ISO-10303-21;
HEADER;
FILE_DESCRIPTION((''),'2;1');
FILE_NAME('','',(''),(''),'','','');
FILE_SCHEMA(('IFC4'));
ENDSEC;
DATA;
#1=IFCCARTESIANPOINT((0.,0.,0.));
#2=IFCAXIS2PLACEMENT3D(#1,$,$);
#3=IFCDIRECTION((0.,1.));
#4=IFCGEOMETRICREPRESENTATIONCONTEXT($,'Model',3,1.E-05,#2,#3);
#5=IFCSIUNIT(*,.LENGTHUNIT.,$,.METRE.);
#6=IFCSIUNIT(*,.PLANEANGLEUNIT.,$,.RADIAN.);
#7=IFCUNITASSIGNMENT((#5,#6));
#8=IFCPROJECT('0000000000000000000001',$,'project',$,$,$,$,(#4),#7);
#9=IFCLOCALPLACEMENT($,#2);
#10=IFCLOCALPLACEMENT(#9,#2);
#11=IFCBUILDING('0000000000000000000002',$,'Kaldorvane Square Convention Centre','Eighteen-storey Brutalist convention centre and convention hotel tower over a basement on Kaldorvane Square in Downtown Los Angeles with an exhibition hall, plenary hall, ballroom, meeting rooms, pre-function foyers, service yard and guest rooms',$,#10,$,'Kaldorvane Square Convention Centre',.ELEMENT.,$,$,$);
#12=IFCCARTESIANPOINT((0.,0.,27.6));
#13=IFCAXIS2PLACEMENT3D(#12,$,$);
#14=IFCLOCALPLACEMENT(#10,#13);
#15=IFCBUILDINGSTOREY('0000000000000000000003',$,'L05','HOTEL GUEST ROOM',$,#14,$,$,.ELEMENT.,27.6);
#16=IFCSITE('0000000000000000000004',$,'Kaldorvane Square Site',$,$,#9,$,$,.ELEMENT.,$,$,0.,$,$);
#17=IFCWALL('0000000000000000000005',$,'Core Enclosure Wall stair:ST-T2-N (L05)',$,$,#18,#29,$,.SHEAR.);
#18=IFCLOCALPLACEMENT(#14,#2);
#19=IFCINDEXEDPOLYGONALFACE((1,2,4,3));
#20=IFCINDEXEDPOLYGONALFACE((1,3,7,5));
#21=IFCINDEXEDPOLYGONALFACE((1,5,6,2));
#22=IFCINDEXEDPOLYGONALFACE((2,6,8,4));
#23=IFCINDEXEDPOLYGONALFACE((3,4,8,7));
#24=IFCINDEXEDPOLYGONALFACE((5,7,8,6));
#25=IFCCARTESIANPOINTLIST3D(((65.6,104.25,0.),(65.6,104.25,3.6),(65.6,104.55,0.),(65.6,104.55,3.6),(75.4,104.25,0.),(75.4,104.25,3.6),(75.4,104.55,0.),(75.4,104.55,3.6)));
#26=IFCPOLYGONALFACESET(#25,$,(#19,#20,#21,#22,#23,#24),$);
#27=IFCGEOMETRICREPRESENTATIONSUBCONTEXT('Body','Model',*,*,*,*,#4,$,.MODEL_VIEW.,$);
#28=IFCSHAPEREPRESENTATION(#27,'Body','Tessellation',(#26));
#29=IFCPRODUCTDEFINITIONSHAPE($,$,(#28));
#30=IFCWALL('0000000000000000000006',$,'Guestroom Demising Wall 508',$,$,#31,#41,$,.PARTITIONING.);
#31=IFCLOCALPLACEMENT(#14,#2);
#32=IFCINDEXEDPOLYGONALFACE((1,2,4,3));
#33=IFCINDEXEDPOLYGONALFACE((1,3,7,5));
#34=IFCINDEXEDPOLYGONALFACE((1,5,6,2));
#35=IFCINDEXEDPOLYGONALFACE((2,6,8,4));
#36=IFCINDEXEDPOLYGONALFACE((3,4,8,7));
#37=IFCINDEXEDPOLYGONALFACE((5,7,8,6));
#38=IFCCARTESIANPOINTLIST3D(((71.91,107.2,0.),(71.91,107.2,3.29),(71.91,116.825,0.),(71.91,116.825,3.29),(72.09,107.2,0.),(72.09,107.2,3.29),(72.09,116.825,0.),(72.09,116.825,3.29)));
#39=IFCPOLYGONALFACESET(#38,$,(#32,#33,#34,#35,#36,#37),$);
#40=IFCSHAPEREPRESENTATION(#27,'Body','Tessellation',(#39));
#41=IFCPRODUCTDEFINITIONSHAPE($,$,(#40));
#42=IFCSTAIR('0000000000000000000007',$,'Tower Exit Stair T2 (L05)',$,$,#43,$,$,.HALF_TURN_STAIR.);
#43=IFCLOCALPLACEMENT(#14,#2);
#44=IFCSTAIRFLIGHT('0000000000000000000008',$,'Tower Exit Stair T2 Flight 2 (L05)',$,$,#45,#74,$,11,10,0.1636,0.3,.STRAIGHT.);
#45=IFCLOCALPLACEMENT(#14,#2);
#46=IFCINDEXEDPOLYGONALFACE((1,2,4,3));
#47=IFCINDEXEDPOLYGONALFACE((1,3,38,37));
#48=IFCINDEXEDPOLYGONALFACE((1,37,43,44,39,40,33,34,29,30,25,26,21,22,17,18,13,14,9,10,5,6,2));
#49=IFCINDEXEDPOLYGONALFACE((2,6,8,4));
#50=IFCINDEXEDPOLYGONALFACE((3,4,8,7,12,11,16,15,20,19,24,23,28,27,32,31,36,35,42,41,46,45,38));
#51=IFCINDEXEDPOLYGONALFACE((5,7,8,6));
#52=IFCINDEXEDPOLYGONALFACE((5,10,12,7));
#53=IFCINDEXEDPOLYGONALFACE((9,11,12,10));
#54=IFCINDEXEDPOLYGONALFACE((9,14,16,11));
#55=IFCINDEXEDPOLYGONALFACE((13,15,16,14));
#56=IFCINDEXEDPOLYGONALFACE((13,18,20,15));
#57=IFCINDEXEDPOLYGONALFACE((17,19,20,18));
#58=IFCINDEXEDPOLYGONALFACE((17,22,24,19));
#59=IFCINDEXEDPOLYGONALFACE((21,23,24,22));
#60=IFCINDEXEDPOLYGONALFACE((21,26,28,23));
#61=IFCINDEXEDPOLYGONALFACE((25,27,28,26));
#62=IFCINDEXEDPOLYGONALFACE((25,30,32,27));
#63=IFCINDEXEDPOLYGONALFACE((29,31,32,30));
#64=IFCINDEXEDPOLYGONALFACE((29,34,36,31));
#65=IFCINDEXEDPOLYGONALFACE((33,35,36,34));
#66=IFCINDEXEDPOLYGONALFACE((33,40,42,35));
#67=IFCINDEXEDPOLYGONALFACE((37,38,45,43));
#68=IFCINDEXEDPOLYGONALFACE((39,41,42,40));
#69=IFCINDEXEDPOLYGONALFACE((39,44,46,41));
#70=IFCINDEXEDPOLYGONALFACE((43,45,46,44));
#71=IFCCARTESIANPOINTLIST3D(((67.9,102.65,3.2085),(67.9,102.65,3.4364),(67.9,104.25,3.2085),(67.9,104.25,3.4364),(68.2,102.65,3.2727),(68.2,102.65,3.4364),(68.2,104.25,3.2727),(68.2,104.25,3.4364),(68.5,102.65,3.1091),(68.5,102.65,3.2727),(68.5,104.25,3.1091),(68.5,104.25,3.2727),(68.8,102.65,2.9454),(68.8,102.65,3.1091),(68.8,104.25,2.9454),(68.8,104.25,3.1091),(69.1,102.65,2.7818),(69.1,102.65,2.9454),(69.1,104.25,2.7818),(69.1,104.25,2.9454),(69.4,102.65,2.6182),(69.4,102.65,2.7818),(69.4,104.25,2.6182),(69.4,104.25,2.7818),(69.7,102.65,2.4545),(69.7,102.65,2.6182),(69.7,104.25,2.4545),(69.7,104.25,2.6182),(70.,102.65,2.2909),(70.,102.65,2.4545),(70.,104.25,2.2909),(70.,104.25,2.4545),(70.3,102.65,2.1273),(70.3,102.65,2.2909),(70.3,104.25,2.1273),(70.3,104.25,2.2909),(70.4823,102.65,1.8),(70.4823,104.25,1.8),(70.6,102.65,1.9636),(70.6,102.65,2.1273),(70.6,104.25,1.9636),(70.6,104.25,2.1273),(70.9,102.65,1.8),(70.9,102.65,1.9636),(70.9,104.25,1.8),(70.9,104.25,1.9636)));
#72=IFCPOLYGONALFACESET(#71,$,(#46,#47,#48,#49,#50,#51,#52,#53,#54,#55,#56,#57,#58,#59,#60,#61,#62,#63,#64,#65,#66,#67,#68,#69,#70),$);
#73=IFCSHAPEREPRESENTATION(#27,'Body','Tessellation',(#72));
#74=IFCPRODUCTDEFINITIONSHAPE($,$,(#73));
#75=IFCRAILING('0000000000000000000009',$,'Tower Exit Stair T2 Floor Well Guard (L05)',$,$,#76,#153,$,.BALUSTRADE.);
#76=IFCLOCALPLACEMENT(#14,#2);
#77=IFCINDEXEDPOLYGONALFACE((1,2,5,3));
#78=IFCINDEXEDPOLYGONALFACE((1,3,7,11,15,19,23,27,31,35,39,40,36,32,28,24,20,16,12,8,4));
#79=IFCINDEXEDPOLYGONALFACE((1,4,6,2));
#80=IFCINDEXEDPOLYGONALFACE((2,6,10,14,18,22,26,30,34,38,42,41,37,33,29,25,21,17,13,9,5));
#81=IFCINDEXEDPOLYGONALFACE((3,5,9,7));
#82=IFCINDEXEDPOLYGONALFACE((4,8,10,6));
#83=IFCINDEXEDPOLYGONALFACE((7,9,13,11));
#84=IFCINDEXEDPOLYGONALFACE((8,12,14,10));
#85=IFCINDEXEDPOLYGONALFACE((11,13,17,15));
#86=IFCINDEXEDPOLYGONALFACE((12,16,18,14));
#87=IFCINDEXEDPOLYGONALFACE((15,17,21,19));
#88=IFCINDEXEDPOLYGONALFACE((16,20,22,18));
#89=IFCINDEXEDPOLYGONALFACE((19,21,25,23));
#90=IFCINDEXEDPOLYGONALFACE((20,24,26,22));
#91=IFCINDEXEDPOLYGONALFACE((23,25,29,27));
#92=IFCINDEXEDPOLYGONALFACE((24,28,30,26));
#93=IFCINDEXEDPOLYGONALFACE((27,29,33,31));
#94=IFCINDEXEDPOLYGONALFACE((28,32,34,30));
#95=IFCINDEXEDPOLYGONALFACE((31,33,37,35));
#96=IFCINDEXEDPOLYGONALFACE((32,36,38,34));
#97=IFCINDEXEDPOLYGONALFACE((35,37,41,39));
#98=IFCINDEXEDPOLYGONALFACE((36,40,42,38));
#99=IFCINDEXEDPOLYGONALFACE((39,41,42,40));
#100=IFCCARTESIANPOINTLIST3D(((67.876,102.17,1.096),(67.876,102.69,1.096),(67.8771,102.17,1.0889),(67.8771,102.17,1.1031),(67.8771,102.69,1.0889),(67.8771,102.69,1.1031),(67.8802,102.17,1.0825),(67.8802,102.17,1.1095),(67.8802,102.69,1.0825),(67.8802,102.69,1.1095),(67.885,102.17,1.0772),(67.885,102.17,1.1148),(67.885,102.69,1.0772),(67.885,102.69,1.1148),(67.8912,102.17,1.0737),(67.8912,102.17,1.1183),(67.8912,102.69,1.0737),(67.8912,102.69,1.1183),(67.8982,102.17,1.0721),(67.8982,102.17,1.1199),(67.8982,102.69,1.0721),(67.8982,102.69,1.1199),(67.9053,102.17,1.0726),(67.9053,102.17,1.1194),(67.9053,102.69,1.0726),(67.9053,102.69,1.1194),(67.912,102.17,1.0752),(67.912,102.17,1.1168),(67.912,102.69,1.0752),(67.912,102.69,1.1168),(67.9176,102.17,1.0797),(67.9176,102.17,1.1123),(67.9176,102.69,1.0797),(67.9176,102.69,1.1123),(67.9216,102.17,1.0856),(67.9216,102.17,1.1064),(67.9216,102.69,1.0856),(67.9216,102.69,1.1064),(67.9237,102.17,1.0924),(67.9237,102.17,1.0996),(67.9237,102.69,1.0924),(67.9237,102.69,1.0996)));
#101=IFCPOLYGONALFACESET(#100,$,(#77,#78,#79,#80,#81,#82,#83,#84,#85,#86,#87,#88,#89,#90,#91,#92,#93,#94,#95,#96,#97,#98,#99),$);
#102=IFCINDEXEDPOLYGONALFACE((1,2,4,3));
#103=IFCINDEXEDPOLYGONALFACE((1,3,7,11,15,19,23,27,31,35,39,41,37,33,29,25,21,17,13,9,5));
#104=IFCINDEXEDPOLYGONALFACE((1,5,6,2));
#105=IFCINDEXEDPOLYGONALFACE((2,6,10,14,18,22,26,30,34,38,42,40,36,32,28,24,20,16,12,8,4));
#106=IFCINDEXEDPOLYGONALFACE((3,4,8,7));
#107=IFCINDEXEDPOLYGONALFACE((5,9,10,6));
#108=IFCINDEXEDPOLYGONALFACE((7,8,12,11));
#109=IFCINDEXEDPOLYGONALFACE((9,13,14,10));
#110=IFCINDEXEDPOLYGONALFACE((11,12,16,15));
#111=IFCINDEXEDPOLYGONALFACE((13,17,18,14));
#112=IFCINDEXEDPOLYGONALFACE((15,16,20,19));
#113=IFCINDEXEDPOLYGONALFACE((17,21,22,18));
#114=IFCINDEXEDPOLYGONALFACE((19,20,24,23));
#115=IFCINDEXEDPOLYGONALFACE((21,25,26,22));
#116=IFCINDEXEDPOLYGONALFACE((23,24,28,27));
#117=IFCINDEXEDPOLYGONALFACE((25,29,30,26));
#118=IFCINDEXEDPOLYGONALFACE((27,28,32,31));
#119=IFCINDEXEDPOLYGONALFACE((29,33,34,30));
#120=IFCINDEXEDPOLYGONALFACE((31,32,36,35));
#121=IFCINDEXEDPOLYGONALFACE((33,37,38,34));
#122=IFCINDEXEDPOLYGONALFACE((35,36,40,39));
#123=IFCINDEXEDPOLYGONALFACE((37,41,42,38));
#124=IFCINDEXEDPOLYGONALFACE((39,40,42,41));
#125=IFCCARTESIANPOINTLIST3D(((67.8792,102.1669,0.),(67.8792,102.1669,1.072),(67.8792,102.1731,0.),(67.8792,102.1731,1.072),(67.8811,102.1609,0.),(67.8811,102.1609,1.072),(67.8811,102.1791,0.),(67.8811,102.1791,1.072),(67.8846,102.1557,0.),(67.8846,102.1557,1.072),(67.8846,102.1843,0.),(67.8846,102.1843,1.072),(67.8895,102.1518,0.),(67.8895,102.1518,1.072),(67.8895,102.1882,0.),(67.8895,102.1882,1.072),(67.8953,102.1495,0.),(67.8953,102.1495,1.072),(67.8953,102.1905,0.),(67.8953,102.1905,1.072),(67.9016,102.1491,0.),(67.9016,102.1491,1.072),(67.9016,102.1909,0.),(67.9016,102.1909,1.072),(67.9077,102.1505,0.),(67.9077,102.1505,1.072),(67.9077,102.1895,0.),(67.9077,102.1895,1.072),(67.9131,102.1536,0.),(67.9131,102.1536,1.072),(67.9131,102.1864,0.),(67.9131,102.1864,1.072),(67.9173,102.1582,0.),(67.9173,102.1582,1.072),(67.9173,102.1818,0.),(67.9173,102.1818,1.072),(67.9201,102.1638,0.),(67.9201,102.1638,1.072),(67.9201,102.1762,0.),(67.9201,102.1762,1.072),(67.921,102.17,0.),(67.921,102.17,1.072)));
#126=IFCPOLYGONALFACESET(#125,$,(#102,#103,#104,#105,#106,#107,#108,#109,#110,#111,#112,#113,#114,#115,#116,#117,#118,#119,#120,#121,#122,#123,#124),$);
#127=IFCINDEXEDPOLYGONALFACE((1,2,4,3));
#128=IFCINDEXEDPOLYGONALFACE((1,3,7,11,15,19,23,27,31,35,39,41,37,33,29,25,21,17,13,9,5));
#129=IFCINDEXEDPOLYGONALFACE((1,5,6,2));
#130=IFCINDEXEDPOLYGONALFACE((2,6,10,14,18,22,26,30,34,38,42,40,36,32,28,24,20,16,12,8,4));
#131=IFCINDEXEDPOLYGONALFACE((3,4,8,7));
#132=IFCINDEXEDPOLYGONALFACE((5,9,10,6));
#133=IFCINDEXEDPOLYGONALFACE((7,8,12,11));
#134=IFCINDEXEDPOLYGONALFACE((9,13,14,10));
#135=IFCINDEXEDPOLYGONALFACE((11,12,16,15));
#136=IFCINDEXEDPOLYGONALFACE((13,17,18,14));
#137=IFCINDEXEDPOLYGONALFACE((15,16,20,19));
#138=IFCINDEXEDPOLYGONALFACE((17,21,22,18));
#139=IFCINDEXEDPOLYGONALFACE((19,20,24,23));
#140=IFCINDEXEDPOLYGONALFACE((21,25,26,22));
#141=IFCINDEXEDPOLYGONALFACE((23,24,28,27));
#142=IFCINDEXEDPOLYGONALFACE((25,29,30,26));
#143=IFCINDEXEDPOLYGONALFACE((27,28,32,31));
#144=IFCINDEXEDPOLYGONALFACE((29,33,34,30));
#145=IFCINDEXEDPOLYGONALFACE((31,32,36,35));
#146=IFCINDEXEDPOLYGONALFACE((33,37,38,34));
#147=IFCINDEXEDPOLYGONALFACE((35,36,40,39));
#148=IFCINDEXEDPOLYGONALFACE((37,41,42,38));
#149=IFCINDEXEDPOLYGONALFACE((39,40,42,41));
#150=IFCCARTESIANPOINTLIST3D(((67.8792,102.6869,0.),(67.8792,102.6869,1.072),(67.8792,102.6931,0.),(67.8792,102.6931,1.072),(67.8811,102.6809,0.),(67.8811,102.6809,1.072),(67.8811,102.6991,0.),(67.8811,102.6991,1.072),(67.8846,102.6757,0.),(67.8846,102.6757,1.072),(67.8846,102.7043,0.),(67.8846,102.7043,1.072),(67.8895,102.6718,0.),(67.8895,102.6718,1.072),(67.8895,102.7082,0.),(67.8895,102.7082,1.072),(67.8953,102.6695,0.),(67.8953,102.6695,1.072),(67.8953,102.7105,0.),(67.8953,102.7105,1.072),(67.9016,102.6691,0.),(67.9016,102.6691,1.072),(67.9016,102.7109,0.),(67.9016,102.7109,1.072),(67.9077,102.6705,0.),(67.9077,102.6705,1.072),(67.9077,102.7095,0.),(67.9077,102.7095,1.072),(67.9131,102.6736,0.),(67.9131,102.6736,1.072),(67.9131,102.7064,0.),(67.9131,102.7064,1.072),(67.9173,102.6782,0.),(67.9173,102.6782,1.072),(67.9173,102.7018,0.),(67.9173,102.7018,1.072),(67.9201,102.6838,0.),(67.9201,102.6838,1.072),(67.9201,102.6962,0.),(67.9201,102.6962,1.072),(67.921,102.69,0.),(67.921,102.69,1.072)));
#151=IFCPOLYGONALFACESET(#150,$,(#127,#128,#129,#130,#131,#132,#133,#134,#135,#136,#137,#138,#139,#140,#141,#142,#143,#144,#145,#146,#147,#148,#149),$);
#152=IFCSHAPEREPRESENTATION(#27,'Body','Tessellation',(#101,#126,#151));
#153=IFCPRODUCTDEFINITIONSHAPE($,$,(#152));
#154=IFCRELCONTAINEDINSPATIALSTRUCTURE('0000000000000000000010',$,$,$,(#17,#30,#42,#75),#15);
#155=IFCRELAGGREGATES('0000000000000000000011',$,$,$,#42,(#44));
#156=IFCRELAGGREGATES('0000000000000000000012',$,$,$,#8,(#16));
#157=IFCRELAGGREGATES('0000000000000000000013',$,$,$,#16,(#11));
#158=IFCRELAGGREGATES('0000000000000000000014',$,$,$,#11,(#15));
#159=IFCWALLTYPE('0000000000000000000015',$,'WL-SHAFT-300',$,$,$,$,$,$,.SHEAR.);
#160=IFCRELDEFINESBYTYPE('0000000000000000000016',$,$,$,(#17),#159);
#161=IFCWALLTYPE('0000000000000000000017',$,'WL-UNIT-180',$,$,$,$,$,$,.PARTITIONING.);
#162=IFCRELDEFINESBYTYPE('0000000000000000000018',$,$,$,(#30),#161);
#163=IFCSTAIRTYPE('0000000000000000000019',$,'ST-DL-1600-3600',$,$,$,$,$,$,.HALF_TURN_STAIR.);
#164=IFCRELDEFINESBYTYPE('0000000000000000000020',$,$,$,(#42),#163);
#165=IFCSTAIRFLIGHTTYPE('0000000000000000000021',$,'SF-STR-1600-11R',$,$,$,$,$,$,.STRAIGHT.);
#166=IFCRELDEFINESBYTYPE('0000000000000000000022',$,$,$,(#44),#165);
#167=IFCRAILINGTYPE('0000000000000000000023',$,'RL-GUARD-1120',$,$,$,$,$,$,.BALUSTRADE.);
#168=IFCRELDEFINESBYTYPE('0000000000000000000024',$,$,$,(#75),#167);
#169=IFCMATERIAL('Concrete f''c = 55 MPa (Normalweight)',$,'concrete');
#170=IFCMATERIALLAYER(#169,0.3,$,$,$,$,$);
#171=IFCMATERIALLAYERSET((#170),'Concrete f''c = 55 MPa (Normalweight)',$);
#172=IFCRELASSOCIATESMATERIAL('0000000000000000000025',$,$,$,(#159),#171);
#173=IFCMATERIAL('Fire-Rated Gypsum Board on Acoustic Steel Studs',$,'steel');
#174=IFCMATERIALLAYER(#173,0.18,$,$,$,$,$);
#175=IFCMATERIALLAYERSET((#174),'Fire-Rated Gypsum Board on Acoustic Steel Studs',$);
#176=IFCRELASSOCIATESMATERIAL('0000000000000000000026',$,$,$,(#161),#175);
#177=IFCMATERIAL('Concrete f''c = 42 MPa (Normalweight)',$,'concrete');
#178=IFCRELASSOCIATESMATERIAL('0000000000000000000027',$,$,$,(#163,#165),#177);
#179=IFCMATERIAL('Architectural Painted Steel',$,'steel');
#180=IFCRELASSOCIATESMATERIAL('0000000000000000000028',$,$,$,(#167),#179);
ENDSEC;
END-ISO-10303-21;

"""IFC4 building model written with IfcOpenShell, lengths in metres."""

from ifc_helpers import new_model, si_unit, direction, frame, frame_2d, origin, origin_2d, place, context, subcontext, project, spatial, polyline, rectangle, circle, outline, extrude, material, layer, layer_set, type_object, element, aggregate, save


model = new_model("IFC4")

# Units and contexts
model_context = context("Model", 3, precision=1e-05, world=origin(), true_north=direction((0.0, 1.0)))
body_context = subcontext(model_context, "Body", "Model", "MODEL_VIEW")
ifc_project = project(units=[si_unit("LENGTHUNIT", "METRE"), si_unit("PLANEANGLEUNIT", "RADIAN")], contexts=[model_context])

# Site, building, storey
site_placement = place(None, origin())
site = spatial("IfcSite", under=ifc_project, at=site_placement, Name="Kaldorvane Square Site", CompositionType="ELEMENT", RefElevation=0.0)
building_placement = place(site_placement, origin())
building = spatial("IfcBuilding", under=site, at=building_placement, Name="Kaldorvane Square Convention Centre", Description="Eighteen-storey Brutalist convention centre and convention hotel tower over a basement on Kaldorvane Square in Downtown Los Angeles with an exhibition hall, plenary hall, ballroom, meeting rooms, pre-function foyers, service yard and guest rooms", LongName="Kaldorvane Square Convention Centre", CompositionType="ELEMENT")
storey_placement = place(building_placement, frame((0.0, 0.0, 27.6)))
storey = spatial("IfcBuildingStorey", under=building, at=storey_placement, Name="L05", Description="HOTEL GUEST ROOM", CompositionType="ELEMENT", Elevation=27.6)

# Shared definitions
ifc_material_1 = material(Name="Fire-Rated Gypsum Board on Acoustic Steel Studs", Category="steel")

# Walls
ifc_material_2 = material(Name="Concrete f'c = 55 MPa (Normalweight)", Category="concrete")
ifc_layer_1 = layer(ifc_material_2, 0.3)
ifc_layer_set_1 = layer_set([ifc_layer_1], Name="Concrete f'c = 55 MPa (Normalweight)")
wall_type_1 = type_object("IfcWallType", Name="WL-SHAFT-300", PredefinedType="SHEAR", material=ifc_layer_set_1)
wall_1_placement = place(storey_placement, frame((75.4, 104.4, 0.0), z_axis=(0.0, 0.0, 1.0), x_axis=(-1.0, 0.0, 0.0)))
element("IfcWall", 1, at=wall_1_placement, inside=storey, type_object=wall_type_1, Name="Core Enclosure Wall stair:ST-T2-N (L05)", PredefinedType="SHEAR", context=body_context, shape_type="SweptSolid", body=[
    extrude(rectangle(XDim=9.8, YDim=0.3, at=frame_2d((4.9, 0.0))), origin(), (0.0, 0.0, 1.0), 3.6),
])
ifc_layer_2 = layer(ifc_material_1, 0.18)
ifc_layer_set_2 = layer_set([ifc_layer_2], Name="Fire-Rated Gypsum Board on Acoustic Steel Studs")
wall_type_2 = type_object("IfcWallType", Name="WL-UNIT-180", PredefinedType="PARTITIONING", material=ifc_layer_set_2)
wall_2_placement = place(storey_placement, frame((72.0, 107.2, 0.0), z_axis=(0.0, 0.0, 1.0), x_axis=(0.0, 1.0, 0.0)))
element("IfcWall", 2, at=wall_2_placement, inside=storey, type_object=wall_type_2, Name="Guestroom Demising Wall 508", PredefinedType="PARTITIONING", context=body_context, shape_type="SweptSolid", body=[
    extrude(rectangle(XDim=9.625, YDim=0.18, at=frame_2d((4.8125, 0.0))), origin(), (0.0, 0.0, 1.0), 3.29),
])

# Stair, stair flight
ifc_material_3 = material(Name="Concrete f'c = 42 MPa (Normalweight)", Category="concrete")
stair_type = type_object("IfcStairType", Name="ST-DL-1600-3600", PredefinedType="HALF_TURN_STAIR", material=ifc_material_3)
stair_placement = place(storey_placement, origin())
stair = element("IfcStair", 3, at=stair_placement, inside=storey, type_object=stair_type, Name="Tower Exit Stair T2 (L05)", PredefinedType="HALF_TURN_STAIR")
stair_flight_type = type_object("IfcStairFlightType", Name="SF-STR-1600-11R", PredefinedType="STRAIGHT", material=ifc_material_3)
stair_flight_placement = place(storey_placement, frame((70.9, 103.45, 1.8), z_axis=(0.0, 0.0, 1.0), x_axis=(-1.0, 0.0, 0.0)))
stair_flight = element("IfcStairFlight", 4, at=stair_flight_placement, type_object=stair_flight_type, Name="Tower Exit Stair T2 Flight 2 (L05)", NumberOfRisers=11, NumberOfTreads=10, PredefinedType="STRAIGHT", RiserHeight=0.1636, TreadLength=0.3, context=body_context, shape_type="SweptSolid", body=[
    extrude(outline(polyline([(0.0, 0.0), (0.0, 0.1636), (0.3, 0.1636), (0.3, 0.3273), (0.6, 0.3273), (0.6, 0.4909), (0.9, 0.4909), (0.9, 0.6545), (1.2, 0.6545), (1.2, 0.8182), (1.5, 0.8182), (1.5, 0.9818), (1.8, 0.9818), (1.8, 1.1455), (2.1, 1.1455), (2.1, 1.3091), (2.4, 1.3091), (2.4, 1.4727), (2.7, 1.4727), (2.7, 1.6364), (3.0, 1.6364), (3.0, 1.8), (3.0, 1.4086), (0.4177, 0.0), (0.0, 0.0)])), frame((0.0, 0.8, 0.0), z_axis=(0.0, -1.0, 0.0), x_axis=(1.0, 0.0, 0.0)), (0.0, 0.0, 1.0), 1.6),
])
aggregate(stair, [stair_flight])

# Railing
ifc_material_4 = material(Name="Architectural Painted Steel", Category="steel")
railing_type_1 = type_object("IfcRailingType", Name="RL-GUARD-1120", PredefinedType="BALUSTRADE", material=ifc_material_4)
for number, where, name in (
    (5, (67.9, 102.17, 0.0), "Tower Exit Stair T2 Floor Well Guard (L05)"),
):
    element("IfcRailing", number, at=place(storey_placement, frame(where)), inside=storey, type_object=railing_type_1, Name=name, PredefinedType="BALUSTRADE", context=body_context, shape_type="SweptSolid", body=[
        extrude(circle(Radius=0.024, at=origin_2d()), frame((0.0, 0.0, 1.096), z_axis=(0.0, 1.0, 0.0), x_axis=(-1.0, 0.0, 0.0)), (0.0, 0.0, 1.0), 0.52),
        extrude(circle(Radius=0.021, at=origin_2d()), origin(), (0.0, 0.0, 1.0), 1.072),
        extrude(circle(Radius=0.021, at=origin_2d()), frame((0.0, 0.52, 0.0)), (0.0, 0.0, 1.0), 1.072),
    ])

save(model, "model.ifc")
